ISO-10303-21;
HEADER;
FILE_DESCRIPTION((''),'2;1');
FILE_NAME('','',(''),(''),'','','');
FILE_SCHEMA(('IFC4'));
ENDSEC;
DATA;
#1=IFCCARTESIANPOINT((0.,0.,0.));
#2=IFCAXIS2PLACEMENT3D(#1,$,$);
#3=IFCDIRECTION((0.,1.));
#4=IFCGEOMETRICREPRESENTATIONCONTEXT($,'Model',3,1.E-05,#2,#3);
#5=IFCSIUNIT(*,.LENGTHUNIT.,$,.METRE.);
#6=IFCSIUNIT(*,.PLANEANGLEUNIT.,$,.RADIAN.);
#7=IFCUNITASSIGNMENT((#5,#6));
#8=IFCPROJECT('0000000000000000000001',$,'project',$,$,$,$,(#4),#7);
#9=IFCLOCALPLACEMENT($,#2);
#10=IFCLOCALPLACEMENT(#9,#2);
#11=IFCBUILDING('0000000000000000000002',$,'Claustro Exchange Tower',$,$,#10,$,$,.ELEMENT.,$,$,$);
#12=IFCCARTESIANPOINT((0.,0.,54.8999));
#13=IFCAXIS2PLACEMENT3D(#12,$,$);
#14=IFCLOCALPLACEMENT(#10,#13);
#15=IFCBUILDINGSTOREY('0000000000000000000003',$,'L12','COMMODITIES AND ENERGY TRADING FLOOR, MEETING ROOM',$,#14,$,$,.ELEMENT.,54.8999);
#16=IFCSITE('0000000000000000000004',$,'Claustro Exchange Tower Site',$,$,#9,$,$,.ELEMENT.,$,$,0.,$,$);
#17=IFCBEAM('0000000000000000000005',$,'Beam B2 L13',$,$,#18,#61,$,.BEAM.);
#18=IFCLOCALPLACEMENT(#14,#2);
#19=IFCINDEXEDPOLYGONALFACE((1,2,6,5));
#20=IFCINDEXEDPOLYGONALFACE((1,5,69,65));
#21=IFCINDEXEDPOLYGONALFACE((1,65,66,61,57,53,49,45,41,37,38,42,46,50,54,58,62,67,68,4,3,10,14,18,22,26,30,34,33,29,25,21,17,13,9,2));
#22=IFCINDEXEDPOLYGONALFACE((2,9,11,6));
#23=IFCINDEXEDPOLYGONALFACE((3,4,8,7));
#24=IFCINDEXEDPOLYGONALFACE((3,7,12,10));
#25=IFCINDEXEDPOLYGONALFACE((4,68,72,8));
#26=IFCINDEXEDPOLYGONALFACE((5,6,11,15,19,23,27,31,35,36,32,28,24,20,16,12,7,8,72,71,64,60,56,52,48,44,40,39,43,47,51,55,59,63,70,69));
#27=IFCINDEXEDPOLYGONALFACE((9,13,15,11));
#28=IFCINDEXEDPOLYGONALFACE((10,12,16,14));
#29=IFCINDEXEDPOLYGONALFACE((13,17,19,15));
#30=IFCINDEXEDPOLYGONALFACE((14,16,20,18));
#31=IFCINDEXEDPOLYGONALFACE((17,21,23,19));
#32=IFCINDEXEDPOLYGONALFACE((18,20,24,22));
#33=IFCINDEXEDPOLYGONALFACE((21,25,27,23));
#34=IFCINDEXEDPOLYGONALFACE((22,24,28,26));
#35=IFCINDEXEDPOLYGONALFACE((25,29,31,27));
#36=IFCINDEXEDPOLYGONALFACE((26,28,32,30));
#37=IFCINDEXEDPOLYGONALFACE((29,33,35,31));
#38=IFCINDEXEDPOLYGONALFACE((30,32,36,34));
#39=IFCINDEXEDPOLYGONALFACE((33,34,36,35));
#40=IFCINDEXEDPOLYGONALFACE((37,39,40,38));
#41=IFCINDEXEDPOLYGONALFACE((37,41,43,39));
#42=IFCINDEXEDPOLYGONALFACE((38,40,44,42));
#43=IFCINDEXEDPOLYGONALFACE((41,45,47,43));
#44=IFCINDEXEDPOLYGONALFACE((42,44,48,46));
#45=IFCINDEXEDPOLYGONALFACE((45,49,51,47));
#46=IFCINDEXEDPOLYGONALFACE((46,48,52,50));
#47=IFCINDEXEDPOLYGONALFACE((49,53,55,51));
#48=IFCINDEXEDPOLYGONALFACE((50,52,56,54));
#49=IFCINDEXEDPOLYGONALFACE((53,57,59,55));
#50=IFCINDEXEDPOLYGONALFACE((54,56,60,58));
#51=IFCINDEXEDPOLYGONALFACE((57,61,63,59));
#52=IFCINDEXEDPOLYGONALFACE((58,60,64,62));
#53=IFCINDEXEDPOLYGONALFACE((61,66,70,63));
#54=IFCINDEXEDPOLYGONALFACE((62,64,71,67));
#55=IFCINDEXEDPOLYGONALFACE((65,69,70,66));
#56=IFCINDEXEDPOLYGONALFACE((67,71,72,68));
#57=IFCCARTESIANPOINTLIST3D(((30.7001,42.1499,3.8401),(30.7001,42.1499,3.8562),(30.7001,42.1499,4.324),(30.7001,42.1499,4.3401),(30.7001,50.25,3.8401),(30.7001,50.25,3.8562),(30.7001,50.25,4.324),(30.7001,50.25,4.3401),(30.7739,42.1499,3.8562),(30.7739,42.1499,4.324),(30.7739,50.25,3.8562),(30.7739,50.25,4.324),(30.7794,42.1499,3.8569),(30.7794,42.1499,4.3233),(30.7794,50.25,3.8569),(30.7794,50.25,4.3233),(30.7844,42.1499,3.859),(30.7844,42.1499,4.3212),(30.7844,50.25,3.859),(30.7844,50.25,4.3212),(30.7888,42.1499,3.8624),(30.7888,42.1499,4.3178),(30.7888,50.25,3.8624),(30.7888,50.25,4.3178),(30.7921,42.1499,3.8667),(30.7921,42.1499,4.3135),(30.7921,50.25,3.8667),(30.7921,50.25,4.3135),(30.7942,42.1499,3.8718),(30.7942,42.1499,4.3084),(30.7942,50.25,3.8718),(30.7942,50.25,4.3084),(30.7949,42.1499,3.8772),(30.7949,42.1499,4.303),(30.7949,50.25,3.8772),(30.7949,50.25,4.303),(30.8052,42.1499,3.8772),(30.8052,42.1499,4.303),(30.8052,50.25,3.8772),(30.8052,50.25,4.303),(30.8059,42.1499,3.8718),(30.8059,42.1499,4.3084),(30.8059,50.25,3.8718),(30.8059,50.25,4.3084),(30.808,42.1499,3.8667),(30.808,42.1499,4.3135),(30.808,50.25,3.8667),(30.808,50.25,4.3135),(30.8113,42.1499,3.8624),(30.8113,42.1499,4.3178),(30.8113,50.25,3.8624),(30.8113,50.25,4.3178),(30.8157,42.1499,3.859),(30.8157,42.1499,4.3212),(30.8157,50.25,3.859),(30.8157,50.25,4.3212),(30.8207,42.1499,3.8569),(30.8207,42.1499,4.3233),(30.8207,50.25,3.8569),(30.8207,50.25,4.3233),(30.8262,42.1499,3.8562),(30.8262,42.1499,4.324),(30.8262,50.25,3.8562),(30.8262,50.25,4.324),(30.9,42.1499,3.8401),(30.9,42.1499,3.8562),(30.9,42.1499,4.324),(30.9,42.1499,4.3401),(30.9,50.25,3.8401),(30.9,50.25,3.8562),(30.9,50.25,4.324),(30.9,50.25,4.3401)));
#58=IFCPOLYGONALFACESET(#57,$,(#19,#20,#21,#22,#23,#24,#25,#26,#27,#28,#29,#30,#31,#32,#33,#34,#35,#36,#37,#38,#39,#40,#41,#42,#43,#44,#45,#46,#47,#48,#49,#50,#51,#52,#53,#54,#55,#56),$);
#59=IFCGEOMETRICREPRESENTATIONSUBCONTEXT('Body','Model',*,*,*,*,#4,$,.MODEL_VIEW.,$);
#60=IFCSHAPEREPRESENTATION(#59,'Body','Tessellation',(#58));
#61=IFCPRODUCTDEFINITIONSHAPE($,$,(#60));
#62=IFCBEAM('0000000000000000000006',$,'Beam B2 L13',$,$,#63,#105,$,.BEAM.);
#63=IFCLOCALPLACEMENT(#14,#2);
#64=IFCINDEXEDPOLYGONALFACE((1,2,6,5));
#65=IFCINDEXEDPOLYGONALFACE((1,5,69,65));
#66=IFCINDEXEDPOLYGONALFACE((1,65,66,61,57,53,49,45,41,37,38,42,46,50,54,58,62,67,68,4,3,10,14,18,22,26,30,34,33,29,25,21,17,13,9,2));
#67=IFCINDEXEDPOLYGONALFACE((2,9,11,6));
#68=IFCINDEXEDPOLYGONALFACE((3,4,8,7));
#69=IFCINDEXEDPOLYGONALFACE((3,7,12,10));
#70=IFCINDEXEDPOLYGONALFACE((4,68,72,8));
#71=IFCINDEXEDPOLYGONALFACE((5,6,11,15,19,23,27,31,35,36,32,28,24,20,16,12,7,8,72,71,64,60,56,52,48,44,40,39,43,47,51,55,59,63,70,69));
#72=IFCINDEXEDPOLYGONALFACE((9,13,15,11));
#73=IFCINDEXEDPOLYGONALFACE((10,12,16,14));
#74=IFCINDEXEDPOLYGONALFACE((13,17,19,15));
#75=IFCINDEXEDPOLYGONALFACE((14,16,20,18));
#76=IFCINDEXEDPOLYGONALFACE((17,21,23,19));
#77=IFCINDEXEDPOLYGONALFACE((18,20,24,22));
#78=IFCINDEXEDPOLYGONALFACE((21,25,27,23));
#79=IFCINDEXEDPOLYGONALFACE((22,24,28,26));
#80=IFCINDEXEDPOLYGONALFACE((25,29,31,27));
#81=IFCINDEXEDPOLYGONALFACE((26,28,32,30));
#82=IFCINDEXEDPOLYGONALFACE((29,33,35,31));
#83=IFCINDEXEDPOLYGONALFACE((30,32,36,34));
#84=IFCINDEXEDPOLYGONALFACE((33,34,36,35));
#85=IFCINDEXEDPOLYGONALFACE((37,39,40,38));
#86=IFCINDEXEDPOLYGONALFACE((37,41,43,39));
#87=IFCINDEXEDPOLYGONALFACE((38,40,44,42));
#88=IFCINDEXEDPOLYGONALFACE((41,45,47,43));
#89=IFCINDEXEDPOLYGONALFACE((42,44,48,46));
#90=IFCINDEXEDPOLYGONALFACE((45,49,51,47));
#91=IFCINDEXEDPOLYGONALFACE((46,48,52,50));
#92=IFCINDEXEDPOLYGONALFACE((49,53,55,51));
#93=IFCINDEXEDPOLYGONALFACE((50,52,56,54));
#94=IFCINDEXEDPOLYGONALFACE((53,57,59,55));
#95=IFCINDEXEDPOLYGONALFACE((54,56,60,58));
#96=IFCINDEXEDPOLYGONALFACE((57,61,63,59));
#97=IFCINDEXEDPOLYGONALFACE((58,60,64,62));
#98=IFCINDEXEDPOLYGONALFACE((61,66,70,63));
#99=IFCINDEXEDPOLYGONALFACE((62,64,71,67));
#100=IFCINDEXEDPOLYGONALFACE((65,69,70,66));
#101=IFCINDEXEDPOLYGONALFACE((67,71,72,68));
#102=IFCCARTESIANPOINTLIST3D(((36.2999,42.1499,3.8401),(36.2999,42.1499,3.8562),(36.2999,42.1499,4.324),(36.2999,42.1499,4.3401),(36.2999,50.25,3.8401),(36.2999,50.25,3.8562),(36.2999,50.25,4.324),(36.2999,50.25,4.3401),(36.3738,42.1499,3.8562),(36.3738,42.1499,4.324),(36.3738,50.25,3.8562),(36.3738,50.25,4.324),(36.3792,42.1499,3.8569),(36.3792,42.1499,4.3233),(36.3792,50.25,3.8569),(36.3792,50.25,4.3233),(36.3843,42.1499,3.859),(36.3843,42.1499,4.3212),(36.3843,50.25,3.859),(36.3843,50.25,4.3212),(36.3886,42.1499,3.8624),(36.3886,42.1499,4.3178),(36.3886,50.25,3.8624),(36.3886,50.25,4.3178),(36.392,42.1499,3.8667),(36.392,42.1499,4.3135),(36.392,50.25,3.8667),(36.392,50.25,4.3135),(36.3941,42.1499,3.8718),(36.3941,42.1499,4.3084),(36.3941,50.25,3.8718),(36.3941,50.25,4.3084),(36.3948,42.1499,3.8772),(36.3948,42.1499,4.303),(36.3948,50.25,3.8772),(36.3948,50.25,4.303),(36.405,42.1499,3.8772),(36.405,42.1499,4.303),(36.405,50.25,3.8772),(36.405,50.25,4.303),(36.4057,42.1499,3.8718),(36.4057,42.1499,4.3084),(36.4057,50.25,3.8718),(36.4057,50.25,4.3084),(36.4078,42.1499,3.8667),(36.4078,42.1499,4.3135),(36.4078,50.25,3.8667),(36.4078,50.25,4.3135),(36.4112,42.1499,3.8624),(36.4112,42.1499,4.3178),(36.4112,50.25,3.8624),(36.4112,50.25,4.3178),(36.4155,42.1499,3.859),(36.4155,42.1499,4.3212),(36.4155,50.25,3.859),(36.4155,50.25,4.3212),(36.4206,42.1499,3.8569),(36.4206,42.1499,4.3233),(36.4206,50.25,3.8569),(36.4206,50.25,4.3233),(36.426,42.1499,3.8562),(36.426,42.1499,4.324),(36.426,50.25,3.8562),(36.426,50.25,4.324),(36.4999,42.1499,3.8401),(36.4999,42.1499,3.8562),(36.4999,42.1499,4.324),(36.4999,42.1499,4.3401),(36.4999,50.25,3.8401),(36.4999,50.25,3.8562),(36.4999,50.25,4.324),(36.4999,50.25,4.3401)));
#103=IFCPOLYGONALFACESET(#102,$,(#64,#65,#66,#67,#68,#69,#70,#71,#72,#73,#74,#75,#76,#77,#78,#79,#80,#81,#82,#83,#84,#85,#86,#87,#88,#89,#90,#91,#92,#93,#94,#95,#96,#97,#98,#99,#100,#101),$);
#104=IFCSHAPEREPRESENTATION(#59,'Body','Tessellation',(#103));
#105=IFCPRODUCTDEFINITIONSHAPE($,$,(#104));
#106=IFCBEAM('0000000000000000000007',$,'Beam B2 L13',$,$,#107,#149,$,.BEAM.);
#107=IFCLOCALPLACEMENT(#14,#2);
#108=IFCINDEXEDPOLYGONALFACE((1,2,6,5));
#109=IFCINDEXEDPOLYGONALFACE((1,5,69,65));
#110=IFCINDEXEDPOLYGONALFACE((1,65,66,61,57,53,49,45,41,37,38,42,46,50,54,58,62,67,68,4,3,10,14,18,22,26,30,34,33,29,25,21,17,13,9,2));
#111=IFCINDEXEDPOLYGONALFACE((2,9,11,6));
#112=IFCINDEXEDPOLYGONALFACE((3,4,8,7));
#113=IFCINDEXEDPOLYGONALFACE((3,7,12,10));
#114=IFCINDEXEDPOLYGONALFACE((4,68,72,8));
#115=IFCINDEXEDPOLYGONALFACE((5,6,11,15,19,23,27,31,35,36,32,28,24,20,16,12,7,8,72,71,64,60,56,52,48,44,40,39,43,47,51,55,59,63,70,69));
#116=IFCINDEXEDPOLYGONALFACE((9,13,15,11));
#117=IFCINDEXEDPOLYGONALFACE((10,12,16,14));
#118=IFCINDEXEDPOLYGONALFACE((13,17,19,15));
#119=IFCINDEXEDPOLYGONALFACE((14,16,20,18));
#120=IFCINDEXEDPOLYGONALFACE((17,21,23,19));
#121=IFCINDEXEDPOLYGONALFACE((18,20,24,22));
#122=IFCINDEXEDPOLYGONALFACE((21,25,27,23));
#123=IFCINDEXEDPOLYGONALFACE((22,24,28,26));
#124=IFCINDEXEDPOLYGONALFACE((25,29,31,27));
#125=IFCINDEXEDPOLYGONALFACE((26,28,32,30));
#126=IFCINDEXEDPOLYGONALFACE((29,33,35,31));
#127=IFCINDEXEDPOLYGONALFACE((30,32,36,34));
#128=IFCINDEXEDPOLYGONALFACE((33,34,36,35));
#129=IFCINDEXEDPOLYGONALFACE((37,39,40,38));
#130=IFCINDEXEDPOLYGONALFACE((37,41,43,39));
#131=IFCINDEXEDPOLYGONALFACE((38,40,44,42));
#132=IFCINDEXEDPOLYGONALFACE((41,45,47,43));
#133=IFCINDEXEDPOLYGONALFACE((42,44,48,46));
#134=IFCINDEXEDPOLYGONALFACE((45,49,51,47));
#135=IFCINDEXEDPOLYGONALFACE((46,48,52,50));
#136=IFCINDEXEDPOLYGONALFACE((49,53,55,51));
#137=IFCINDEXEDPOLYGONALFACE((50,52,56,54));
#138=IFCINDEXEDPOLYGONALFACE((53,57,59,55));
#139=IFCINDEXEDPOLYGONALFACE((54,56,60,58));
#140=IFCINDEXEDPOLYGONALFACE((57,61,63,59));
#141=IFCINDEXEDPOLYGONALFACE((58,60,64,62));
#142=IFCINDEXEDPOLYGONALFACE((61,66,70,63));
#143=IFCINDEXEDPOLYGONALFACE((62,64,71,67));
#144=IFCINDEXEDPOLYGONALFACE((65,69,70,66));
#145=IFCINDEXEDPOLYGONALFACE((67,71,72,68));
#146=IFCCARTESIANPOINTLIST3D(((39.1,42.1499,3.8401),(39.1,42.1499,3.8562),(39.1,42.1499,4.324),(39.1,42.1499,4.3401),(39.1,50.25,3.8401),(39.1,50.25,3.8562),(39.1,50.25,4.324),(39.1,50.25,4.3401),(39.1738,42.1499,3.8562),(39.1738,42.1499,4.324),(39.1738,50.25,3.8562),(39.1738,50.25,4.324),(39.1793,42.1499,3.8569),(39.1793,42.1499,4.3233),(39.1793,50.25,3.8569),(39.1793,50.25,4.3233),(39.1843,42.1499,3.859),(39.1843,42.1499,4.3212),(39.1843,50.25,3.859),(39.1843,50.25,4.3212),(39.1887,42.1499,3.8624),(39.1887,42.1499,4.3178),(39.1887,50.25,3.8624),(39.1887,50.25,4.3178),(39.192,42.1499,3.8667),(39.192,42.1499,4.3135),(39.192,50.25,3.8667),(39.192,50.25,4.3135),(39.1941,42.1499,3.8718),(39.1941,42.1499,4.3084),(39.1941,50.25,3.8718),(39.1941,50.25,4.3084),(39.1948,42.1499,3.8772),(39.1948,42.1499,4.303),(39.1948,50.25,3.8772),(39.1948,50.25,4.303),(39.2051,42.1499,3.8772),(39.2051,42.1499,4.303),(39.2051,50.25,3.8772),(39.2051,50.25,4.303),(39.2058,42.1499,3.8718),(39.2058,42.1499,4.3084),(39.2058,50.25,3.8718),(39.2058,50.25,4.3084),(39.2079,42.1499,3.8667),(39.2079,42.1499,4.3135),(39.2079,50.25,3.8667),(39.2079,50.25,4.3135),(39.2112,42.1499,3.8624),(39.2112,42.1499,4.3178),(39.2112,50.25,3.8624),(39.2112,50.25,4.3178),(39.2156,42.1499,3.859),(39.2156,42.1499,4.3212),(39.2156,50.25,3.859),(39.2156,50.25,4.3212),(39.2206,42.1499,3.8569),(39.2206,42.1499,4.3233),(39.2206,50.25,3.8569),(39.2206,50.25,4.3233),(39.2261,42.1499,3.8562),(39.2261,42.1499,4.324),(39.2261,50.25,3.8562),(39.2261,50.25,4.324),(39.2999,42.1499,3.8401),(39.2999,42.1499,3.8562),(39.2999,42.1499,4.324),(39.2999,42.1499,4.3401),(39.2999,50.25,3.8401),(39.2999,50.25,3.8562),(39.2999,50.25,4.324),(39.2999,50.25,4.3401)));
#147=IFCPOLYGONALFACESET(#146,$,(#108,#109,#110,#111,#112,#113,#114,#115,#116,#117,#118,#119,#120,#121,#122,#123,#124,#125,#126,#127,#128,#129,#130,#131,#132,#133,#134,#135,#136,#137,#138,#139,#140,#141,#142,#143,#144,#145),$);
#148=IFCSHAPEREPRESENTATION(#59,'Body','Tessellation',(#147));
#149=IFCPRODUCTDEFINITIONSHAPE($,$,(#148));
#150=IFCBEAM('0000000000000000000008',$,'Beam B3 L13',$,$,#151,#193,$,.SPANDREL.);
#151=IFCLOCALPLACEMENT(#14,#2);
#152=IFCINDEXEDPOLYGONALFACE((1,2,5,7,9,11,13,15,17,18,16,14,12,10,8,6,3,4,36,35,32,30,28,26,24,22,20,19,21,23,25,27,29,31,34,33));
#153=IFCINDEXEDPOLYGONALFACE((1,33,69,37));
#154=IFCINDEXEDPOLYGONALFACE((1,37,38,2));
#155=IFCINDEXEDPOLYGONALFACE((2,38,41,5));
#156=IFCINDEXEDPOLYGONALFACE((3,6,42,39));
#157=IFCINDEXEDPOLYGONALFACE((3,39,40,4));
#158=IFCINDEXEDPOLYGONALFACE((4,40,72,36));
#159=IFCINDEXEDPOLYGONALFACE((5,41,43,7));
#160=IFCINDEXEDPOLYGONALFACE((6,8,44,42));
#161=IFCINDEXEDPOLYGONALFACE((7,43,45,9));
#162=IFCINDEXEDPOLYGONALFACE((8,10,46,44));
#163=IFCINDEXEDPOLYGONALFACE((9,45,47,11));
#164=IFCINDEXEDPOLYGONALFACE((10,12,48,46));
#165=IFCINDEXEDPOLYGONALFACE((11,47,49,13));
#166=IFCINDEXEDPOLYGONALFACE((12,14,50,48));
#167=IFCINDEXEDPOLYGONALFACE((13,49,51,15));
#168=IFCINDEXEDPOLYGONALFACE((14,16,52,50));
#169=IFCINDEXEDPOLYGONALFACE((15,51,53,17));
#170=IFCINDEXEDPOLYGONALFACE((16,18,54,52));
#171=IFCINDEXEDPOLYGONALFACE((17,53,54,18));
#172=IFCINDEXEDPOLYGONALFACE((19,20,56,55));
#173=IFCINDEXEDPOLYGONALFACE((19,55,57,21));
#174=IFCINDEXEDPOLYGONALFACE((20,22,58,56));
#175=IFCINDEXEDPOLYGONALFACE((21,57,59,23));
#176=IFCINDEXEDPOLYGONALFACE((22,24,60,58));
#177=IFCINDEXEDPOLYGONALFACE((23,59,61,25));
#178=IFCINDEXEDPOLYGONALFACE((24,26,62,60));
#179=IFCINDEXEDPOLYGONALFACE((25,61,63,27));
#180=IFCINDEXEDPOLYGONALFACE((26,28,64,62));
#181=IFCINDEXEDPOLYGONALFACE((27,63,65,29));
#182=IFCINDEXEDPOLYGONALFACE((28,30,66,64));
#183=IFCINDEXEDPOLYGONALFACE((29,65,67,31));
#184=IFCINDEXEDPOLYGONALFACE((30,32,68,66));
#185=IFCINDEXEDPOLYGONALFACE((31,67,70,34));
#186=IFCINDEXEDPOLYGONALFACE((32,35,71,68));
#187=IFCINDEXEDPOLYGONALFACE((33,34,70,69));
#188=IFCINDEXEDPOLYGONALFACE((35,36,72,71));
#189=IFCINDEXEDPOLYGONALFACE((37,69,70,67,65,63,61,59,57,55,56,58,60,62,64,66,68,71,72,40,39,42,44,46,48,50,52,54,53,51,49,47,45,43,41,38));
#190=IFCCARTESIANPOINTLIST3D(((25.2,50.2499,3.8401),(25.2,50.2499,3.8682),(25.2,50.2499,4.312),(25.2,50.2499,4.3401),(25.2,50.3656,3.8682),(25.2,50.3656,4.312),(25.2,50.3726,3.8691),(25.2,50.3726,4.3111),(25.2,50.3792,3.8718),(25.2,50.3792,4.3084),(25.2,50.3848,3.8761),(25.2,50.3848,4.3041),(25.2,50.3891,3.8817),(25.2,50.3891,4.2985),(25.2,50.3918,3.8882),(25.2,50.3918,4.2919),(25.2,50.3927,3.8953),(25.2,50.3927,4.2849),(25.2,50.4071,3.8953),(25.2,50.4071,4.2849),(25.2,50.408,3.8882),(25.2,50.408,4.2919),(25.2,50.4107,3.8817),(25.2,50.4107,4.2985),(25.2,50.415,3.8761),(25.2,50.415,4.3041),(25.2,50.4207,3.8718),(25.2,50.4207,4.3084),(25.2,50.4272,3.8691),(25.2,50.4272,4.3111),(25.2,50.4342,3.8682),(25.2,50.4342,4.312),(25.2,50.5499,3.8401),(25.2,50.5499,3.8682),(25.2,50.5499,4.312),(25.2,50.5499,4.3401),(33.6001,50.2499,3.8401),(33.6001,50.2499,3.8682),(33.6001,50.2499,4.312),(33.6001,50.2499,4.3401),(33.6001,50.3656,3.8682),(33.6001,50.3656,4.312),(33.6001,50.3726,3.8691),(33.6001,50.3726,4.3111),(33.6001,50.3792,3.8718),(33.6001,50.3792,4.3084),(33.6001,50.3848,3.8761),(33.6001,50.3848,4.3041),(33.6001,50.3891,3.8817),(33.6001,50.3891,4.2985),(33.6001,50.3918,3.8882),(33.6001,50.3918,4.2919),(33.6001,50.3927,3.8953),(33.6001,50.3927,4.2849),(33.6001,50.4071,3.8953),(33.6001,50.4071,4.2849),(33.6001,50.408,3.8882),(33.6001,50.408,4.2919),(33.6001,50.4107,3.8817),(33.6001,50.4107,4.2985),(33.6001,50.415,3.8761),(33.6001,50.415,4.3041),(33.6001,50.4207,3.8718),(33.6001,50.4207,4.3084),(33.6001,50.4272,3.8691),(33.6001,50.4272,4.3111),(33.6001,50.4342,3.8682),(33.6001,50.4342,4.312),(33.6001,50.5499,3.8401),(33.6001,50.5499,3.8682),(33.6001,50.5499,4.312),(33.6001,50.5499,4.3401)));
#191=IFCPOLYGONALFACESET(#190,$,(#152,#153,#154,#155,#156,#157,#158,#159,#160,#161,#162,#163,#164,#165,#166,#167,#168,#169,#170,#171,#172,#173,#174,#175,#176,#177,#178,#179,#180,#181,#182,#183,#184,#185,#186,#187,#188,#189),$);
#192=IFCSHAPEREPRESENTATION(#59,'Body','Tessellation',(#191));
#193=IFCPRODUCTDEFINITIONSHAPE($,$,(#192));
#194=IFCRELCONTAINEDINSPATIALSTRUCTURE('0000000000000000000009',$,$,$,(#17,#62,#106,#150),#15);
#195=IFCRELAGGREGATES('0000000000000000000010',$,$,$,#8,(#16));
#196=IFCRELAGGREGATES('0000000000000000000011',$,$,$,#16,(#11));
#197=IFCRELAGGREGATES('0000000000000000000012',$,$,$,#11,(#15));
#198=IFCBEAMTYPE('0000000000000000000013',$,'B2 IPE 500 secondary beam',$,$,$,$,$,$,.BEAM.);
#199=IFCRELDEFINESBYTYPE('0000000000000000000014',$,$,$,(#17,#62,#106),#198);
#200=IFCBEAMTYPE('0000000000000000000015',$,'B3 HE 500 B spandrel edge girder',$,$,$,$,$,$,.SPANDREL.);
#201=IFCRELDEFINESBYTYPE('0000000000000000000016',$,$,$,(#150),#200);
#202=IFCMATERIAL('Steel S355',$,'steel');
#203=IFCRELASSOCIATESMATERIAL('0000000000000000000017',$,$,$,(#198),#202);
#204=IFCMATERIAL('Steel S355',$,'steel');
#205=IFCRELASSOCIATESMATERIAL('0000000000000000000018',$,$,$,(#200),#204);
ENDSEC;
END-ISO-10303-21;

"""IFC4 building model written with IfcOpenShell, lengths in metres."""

from ifc_helpers import new_model, si_unit, direction, frame, origin, origin_2d, place, context, subcontext, project, spatial, i_section, extrude, material, material_profile, profile_set, type_object, element, save


model = new_model("IFC4")

# Units and contexts
model_context = context("Model", 3, precision=1e-05, world=origin(), true_north=direction((0.0, 1.0)))
body_context = subcontext(model_context, "Body", "Model", "MODEL_VIEW")
ifc_project = project(units=[si_unit("LENGTHUNIT", "METRE"), si_unit("PLANEANGLEUNIT", "RADIAN")], contexts=[model_context])

# Site, building, storey
site_placement = place(None, origin())
site = spatial("IfcSite", under=ifc_project, at=site_placement, Name="Claustro Exchange Tower Site", CompositionType="ELEMENT", RefElevation=0.0)
building_placement = place(site_placement, origin())
building = spatial("IfcBuilding", under=site, at=building_placement, Name="Claustro Exchange Tower", CompositionType="ELEMENT")
storey_placement = place(building_placement, frame((0.0, 0.0, 54.8999)))
storey = spatial("IfcBuildingStorey", under=building, at=storey_placement, Name="L12", Description="COMMODITIES AND ENERGY TRADING FLOOR, MEETING ROOM", CompositionType="ELEMENT", Elevation=54.8999)

# Beams
ifc_material_1 = material(Name="Steel S355", Category="steel")
ifc_material_profile_1 = material_profile(ifc_material_1, i_section(OverallWidth=0.2, OverallDepth=0.5, WebThickness=0.0103, FlangeThickness=0.0161, FilletRadius=0.021, at=origin_2d()), Name="IPE 500")
ifc_profile_set_1 = profile_set([ifc_material_profile_1], Name="Steel S355")
beam_type_1 = type_object("IfcBeamType", Name="B2 IPE 500 secondary beam", PredefinedType="BEAM", material=ifc_profile_set_1)
for number, where, z_axis, x_axis, name in (
    (1, (30.8, 42.1499, 4.0901), (0.0, 1.0, 0.0), (-1.0, 0.0, 0.0), "Beam B2 L13"),
    (2, (36.3999, 42.1499, 4.0901), (0.0, 1.0, 0.0), (-1.0, 0.0, 0.0), "Beam B2 L13"),
    (3, (39.2, 42.1499, 4.0901), (0.0, 1.0, 0.0), (-1.0, 0.0, 0.0), "Beam B2 L13"),
):
    element("IfcBeam", number, at=place(storey_placement, frame(where, z_axis=z_axis, x_axis=x_axis)), inside=storey, type_object=beam_type_1, Name=name, PredefinedType="BEAM", context=body_context, shape_type="SweptSolid", body=[
        extrude(i_section(OverallWidth=0.2, OverallDepth=0.5, WebThickness=0.0103, FlangeThickness=0.0161, FilletRadius=0.021, at=origin_2d()), origin(), (0.0, 0.0, 1.0), 8.1001),
    ])
ifc_material_2 = material(Name="Steel S355", Category="steel")
ifc_material_profile_2 = material_profile(ifc_material_2, i_section(OverallWidth=0.3, OverallDepth=0.5, WebThickness=0.0144, FlangeThickness=0.0281, FilletRadius=0.0271, at=origin_2d()), Name="HE 500 B")
ifc_profile_set_2 = profile_set([ifc_material_profile_2], Name="Steel S355")
beam_type_2 = type_object("IfcBeamType", Name="B3 HE 500 B spandrel edge girder", PredefinedType="SPANDREL", material=ifc_profile_set_2)
beam_1_placement = place(storey_placement, frame((25.2, 50.3999, 4.0901), z_axis=(1.0, 0.0, 0.0), x_axis=(0.0, 1.0, 0.0)))
element("IfcBeam", 4, at=beam_1_placement, inside=storey, type_object=beam_type_2, Name="Beam B3 L13", PredefinedType="SPANDREL", context=body_context, shape_type="SweptSolid", body=[
    extrude(i_section(OverallWidth=0.3, OverallDepth=0.5, WebThickness=0.0144, FlangeThickness=0.0281, FilletRadius=0.0271, at=origin_2d()), origin(), (0.0, 0.0, 1.0), 8.4001),
])

save(model, "model.ifc")
